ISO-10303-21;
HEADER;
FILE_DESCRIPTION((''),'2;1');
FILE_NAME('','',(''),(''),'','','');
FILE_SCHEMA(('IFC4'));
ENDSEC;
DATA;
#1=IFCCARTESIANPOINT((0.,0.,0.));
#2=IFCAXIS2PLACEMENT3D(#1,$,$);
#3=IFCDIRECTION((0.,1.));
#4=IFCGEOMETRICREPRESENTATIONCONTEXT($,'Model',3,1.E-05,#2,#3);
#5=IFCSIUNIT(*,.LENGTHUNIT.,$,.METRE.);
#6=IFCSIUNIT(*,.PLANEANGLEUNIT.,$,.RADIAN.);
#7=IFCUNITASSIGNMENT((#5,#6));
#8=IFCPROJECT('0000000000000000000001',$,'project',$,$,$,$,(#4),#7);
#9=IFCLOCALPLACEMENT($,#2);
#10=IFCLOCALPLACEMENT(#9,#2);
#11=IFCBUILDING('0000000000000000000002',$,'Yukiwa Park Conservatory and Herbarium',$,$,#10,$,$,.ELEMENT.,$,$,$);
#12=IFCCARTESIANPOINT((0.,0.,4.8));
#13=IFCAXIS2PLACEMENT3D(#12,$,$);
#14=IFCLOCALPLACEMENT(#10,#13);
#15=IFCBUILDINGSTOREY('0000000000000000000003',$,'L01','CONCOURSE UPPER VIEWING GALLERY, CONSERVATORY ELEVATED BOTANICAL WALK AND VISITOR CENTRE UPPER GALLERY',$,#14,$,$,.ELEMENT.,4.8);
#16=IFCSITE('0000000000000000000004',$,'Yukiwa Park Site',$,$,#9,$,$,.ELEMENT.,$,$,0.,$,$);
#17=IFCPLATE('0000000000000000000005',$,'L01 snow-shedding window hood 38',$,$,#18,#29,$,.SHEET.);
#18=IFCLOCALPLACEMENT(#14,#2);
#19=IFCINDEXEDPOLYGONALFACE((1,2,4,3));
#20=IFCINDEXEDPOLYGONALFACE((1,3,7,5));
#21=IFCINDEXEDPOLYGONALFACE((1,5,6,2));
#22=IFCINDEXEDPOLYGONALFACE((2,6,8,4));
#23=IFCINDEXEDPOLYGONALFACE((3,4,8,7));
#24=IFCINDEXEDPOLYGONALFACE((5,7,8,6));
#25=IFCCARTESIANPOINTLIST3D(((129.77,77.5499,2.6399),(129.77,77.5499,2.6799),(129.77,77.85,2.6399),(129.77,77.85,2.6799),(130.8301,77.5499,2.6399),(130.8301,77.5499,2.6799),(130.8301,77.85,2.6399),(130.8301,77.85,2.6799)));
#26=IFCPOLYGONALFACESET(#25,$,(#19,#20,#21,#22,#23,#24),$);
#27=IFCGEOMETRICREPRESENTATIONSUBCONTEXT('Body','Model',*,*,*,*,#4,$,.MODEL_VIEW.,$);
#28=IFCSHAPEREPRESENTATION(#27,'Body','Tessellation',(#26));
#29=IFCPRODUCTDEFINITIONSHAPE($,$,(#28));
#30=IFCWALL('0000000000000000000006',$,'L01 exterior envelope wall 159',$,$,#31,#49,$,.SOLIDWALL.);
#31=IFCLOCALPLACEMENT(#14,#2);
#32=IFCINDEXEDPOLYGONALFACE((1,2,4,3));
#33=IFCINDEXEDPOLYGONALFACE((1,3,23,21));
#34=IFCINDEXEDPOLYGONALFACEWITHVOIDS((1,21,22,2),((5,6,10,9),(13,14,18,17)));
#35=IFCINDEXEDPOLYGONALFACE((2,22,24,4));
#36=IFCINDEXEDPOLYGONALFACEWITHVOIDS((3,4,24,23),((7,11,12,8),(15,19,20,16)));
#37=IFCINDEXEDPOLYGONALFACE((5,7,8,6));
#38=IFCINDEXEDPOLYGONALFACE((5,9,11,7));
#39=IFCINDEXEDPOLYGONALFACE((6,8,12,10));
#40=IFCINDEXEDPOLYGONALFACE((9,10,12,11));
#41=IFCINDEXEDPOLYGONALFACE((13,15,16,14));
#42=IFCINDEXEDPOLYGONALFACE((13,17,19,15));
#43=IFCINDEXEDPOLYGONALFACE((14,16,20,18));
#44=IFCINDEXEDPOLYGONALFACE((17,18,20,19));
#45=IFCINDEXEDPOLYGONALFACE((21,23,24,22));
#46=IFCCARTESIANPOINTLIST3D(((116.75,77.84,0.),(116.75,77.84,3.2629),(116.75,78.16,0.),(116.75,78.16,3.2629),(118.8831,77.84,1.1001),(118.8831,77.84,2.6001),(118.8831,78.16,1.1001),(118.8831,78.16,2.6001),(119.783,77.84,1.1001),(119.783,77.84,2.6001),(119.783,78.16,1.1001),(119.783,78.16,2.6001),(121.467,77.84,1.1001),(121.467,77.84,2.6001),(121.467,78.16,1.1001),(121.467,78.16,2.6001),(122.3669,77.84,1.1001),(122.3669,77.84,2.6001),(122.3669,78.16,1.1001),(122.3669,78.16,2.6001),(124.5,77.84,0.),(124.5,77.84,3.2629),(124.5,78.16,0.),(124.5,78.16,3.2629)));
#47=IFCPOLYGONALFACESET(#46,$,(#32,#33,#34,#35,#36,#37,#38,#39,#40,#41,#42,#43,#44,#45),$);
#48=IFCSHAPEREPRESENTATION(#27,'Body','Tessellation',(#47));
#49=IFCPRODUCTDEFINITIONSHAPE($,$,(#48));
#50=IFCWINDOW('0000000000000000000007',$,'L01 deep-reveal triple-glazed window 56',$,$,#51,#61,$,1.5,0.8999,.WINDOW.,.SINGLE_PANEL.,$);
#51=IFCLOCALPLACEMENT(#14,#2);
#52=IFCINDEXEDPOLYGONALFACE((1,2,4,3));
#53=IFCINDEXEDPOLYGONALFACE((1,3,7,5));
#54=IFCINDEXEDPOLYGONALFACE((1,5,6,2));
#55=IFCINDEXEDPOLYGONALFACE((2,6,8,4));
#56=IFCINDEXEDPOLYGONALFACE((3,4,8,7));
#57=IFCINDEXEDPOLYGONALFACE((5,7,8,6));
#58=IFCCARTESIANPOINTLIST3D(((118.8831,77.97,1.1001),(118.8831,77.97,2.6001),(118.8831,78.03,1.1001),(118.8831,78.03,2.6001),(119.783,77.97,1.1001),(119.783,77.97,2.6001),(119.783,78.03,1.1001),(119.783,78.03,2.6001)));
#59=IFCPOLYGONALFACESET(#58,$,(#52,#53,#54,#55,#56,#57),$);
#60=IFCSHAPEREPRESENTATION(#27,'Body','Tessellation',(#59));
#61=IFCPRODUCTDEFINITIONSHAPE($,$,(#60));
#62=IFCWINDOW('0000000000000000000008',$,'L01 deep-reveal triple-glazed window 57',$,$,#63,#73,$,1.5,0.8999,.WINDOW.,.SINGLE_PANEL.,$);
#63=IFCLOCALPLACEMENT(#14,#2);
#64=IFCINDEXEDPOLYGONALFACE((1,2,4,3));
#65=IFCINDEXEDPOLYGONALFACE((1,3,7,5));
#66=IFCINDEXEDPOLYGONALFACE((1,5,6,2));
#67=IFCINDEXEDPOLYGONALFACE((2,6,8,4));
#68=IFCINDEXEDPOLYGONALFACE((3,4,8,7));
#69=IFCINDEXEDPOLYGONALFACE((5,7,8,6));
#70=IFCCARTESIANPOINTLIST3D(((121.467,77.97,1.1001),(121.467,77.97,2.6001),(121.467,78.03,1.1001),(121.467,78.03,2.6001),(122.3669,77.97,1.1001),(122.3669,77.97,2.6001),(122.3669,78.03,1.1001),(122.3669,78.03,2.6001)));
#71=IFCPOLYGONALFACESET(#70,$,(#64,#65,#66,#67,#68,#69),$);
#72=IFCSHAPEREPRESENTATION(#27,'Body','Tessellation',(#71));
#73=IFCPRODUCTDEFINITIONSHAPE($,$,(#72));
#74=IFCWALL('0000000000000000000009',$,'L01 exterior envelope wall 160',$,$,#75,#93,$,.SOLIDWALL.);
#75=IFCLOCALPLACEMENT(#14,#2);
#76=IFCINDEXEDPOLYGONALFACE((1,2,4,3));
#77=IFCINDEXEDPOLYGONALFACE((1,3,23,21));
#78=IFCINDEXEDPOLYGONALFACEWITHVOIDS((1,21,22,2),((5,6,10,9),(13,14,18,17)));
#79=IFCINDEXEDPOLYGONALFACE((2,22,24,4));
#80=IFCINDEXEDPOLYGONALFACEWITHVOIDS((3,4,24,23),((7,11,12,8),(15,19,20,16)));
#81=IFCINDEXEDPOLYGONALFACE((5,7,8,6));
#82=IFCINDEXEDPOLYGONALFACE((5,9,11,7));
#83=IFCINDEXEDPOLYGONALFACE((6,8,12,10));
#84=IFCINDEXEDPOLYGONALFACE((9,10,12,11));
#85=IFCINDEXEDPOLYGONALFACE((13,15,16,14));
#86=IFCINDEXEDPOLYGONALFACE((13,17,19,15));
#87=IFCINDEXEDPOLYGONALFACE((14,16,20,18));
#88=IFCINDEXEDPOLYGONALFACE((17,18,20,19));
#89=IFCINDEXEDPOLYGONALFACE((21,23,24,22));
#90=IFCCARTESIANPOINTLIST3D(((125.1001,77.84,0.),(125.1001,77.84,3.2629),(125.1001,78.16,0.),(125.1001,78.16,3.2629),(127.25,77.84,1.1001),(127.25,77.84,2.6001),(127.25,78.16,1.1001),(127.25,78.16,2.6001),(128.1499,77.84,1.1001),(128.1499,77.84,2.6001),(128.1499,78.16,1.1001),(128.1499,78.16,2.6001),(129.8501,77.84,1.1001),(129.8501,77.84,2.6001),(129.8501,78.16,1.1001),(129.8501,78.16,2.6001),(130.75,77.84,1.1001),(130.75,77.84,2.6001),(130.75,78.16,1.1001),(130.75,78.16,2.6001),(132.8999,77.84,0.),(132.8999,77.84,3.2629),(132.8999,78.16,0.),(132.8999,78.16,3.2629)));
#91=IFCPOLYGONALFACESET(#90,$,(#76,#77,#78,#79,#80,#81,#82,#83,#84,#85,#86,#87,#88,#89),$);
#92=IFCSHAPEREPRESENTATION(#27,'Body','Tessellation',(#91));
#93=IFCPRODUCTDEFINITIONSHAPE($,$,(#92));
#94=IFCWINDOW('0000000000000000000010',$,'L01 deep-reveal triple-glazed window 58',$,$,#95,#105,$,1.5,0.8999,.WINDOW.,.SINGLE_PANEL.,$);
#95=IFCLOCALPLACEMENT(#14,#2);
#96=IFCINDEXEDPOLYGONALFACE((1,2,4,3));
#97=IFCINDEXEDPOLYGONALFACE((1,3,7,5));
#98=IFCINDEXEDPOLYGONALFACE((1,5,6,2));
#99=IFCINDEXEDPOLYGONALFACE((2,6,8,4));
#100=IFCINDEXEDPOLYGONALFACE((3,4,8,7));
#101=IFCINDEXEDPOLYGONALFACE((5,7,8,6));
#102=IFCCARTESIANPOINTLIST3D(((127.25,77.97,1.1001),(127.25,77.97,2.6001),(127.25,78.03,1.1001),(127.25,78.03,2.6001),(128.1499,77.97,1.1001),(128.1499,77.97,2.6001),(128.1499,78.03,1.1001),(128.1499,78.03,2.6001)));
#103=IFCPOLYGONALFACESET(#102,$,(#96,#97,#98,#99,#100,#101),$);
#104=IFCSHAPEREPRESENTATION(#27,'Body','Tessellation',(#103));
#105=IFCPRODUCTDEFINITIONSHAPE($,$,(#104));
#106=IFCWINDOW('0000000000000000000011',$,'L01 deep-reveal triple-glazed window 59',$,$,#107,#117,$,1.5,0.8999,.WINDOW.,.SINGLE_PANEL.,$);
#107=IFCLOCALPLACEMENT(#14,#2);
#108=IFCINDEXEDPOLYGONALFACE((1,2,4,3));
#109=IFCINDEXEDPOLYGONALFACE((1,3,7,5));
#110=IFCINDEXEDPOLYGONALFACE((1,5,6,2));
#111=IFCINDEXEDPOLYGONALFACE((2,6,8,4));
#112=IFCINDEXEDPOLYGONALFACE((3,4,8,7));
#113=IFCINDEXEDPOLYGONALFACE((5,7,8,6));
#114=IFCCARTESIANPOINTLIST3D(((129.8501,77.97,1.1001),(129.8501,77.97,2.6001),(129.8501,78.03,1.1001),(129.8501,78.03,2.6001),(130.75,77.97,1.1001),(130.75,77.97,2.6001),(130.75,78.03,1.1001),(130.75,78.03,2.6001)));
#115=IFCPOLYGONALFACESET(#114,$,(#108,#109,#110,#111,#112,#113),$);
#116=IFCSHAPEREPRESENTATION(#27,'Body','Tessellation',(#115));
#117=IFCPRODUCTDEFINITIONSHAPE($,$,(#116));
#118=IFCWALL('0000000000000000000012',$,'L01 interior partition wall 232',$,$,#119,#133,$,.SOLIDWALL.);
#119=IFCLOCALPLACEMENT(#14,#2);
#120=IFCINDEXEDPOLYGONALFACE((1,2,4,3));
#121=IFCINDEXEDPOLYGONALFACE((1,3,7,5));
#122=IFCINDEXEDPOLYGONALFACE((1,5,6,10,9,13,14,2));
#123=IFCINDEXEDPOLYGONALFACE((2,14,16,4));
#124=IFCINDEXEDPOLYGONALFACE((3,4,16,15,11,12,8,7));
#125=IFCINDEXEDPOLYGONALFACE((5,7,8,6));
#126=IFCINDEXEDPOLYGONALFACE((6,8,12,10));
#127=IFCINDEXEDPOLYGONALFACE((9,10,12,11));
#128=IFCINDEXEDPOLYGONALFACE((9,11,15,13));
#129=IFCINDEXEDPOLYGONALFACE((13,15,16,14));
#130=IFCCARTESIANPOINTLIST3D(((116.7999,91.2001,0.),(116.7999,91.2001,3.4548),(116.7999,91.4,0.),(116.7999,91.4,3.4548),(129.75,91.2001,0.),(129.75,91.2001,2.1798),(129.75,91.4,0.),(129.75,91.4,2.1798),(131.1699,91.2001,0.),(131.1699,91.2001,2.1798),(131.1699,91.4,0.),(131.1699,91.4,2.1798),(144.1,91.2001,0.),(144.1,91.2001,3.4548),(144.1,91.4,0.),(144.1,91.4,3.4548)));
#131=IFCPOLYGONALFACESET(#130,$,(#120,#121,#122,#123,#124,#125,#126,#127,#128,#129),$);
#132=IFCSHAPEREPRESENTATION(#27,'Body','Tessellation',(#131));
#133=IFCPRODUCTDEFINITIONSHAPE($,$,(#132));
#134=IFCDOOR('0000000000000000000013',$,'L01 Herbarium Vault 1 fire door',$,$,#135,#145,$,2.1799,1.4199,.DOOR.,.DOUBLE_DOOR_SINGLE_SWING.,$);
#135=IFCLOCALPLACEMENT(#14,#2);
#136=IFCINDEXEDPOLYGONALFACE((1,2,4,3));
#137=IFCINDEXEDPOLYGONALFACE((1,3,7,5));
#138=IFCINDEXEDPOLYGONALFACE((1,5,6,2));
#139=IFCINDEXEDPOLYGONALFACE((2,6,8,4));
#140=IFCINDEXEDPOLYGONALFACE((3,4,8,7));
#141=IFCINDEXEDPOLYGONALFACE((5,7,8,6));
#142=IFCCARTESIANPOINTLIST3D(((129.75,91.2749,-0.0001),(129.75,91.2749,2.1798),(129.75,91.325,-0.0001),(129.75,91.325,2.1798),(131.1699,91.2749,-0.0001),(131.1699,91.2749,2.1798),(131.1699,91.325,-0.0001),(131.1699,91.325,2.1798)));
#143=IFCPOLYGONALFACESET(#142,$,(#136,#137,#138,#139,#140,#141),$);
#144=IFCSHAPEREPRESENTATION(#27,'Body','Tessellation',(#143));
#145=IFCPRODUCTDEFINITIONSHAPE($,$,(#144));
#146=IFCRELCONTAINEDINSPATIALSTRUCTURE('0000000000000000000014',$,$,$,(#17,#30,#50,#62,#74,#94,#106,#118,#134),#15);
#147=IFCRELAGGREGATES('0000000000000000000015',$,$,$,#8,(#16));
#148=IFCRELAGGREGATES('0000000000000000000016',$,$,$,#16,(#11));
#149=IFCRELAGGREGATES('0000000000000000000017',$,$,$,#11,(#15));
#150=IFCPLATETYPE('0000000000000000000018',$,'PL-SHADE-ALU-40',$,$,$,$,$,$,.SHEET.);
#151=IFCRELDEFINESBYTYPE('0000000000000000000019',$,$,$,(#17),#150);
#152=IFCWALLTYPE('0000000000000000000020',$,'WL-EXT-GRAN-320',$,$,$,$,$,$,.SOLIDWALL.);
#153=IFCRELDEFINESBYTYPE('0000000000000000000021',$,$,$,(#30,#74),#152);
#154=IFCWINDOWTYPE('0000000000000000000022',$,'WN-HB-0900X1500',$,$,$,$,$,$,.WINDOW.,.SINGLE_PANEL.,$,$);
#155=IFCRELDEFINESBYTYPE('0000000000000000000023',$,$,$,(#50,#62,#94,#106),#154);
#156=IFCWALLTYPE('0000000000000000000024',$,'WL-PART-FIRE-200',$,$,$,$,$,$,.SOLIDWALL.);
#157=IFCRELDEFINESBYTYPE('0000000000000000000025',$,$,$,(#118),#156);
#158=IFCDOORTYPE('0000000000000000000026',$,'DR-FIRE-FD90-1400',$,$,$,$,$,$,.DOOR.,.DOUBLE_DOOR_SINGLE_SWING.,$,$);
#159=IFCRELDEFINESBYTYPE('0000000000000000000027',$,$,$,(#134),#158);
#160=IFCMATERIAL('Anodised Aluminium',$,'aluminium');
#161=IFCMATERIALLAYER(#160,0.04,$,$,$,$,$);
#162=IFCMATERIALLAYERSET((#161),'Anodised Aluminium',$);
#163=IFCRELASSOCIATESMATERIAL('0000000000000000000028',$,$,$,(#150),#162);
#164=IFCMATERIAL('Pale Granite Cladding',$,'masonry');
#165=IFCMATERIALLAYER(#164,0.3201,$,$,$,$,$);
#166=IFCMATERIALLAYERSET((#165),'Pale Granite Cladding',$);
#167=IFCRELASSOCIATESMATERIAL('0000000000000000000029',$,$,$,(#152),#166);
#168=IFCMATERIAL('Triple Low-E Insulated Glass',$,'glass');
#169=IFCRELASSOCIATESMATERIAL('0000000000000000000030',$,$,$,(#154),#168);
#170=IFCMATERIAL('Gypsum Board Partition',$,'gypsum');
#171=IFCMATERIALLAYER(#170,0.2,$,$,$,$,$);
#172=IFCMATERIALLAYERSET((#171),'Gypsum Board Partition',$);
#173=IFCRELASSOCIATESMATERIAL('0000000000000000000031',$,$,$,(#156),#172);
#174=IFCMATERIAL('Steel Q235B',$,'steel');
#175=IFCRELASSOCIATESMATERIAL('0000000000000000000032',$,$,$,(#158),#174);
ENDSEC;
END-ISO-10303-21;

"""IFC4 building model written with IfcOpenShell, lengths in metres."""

from ifc_helpers import new_model, si_unit, direction, frame, frame_2d, origin, origin_2d, place, context, subcontext, project, spatial, rectangle, extrude, material, layer, layer_set, type_object, element, fill, save


model = new_model("IFC4")

# Units and contexts
model_context = context("Model", 3, precision=1e-05, world=origin(), true_north=direction((0.0, 1.0)))
body_context = subcontext(model_context, "Body", "Model", "MODEL_VIEW")
ifc_project = project(units=[si_unit("LENGTHUNIT", "METRE"), si_unit("PLANEANGLEUNIT", "RADIAN")], contexts=[model_context])

# Site, building, storey
site_placement = place(None, origin())
site = spatial("IfcSite", under=ifc_project, at=site_placement, Name="Yukiwa Park Site", CompositionType="ELEMENT", RefElevation=0.0)
building_placement = place(site_placement, origin())
building = spatial("IfcBuilding", under=site, at=building_placement, Name="Yukiwa Park Conservatory and Herbarium", CompositionType="ELEMENT")
storey_placement = place(building_placement, frame((0.0, 0.0, 4.8)))
storey = spatial("IfcBuildingStorey", under=building, at=storey_placement, Name="L01", Description="CONCOURSE UPPER VIEWING GALLERY, CONSERVATORY ELEVATED BOTANICAL WALK AND VISITOR CENTRE UPPER GALLERY", CompositionType="ELEMENT", Elevation=4.8)

# Plate
ifc_material_1 = material(Name="Anodised Aluminium", Category="aluminium")
ifc_layer_1 = layer(ifc_material_1, 0.04)
ifc_layer_set_1 = layer_set([ifc_layer_1], Name="Anodised Aluminium")
plate_type = type_object("IfcPlateType", Name="PL-SHADE-ALU-40", PredefinedType="SHEET", material=ifc_layer_set_1)
for number, where, z_axis, x_axis, name in (
    (1, (130.3, 77.7, 2.6399), (0.0, 0.0, 1.0), (1.0, 0.0, 0.0), "L01 snow-shedding window hood 38"),
):
    element("IfcPlate", number, at=place(storey_placement, frame(where, z_axis=z_axis, x_axis=x_axis)), inside=storey, type_object=plate_type, Name=name, PredefinedType="SHEET", context=body_context, shape_type="SweptSolid", body=[
        extrude(rectangle(XDim=1.0601, YDim=0.3, at=origin_2d()), origin(), (0.0, 0.0, 1.0), 0.04),
    ])

# Walls, openings, windows
ifc_material_2 = material(Name="Pale Granite Cladding", Category="masonry")
ifc_layer_2 = layer(ifc_material_2, 0.3201)
ifc_layer_set_2 = layer_set([ifc_layer_2], Name="Pale Granite Cladding")
wall_type_1 = type_object("IfcWallType", Name="WL-EXT-GRAN-320", PredefinedType="SOLIDWALL", material=ifc_layer_set_2)
wall_1_placement = place(storey_placement, frame((116.75, 78.0, 0.0), z_axis=(0.0, 0.0, 1.0), x_axis=(1.0, 0.0, 0.0)))
wall_1 = element("IfcWall", 2, at=wall_1_placement, inside=storey, type_object=wall_type_1, Name="L01 exterior envelope wall 159", PredefinedType="SOLIDWALL", context=body_context, shape_type="SweptSolid", body=[
    extrude(rectangle(XDim=7.75, YDim=0.3201, at=frame_2d((3.875, 0.0))), origin(), (0.0, 0.0, 1.0), 3.2629),
])
opening_1_placement = place(wall_1_placement, frame((2.1331, 0.0, 1.1001)))
opening_1 = element("IfcOpeningElement", 3, at=opening_1_placement, cuts=wall_1, PredefinedType="OPENING", context=body_context, shape_type="SweptSolid", body=[
    extrude(rectangle(XDim=0.8999, YDim=1.5, at=frame_2d((0.45, 0.75))), frame((0.0, 0.1699, 0.0), z_axis=(0.0, -1.0, 0.0), x_axis=(1.0, 0.0, 0.0)), (0.0, 0.0, 1.0), 0.3401),
])
opening_2_placement = place(wall_1_placement, frame((4.717, 0.0, 1.1001)))
opening_2 = element("IfcOpeningElement", 4, at=opening_2_placement, cuts=wall_1, PredefinedType="OPENING", context=body_context, shape_type="SweptSolid", body=[
    extrude(rectangle(XDim=0.8999, YDim=1.5, at=frame_2d((0.45, 0.75))), frame((0.0, 0.1699, 0.0), z_axis=(0.0, -1.0, 0.0), x_axis=(1.0, 0.0, 0.0)), (0.0, 0.0, 1.0), 0.3401),
])
ifc_material_3 = material(Name="Triple Low-E Insulated Glass", Category="glass")
window_type = type_object("IfcWindowType", Name="WN-HB-0900X1500", PartitioningType="SINGLE_PANEL", PredefinedType="WINDOW", material=ifc_material_3)
window_1_placement = place(opening_1_placement, origin())
window_1 = element("IfcWindow", 5, at=window_1_placement, inside=storey, type_object=window_type, Name="L01 deep-reveal triple-glazed window 56", OverallHeight=1.5, OverallWidth=0.8999, PartitioningType="SINGLE_PANEL", PredefinedType="WINDOW", context=body_context, shape_type="SweptSolid", body=[
    extrude(rectangle(XDim=0.8999, YDim=1.5, at=frame_2d((0.45, 0.75))), frame((0.0, 0.03, 0.0), z_axis=(0.0, -1.0, 0.0), x_axis=(1.0, 0.0, 0.0)), (0.0, 0.0, 1.0), 0.0601),
])
fill(opening_1, window_1)
window_2_placement = place(opening_2_placement, origin())
window_2 = element("IfcWindow", 6, at=window_2_placement, inside=storey, type_object=window_type, Name="L01 deep-reveal triple-glazed window 57", OverallHeight=1.5, OverallWidth=0.8999, PartitioningType="SINGLE_PANEL", PredefinedType="WINDOW", context=body_context, shape_type="SweptSolid", body=[
    extrude(rectangle(XDim=0.8999, YDim=1.5, at=frame_2d((0.45, 0.75))), frame((0.0, 0.03, 0.0), z_axis=(0.0, -1.0, 0.0), x_axis=(1.0, 0.0, 0.0)), (0.0, 0.0, 1.0), 0.0601),
])
fill(opening_2, window_2)
wall_2_placement = place(storey_placement, frame((125.1001, 78.0, 0.0), z_axis=(0.0, 0.0, 1.0), x_axis=(1.0, 0.0, 0.0)))
wall_2 = element("IfcWall", 7, at=wall_2_placement, inside=storey, type_object=wall_type_1, Name="L01 exterior envelope wall 160", PredefinedType="SOLIDWALL", context=body_context, shape_type="SweptSolid", body=[
    extrude(rectangle(XDim=7.7998, YDim=0.3201, at=frame_2d((3.8999, 0.0))), origin(), (0.0, 0.0, 1.0), 3.2629),
])
opening_3_placement = place(wall_2_placement, frame((2.1499, 0.0, 1.1001)))
opening_3 = element("IfcOpeningElement", 8, at=opening_3_placement, cuts=wall_2, PredefinedType="OPENING", context=body_context, shape_type="SweptSolid", body=[
    extrude(rectangle(XDim=0.8999, YDim=1.5, at=frame_2d((0.45, 0.75))), frame((0.0, 0.1699, 0.0), z_axis=(0.0, -1.0, 0.0), x_axis=(1.0, 0.0, 0.0)), (0.0, 0.0, 1.0), 0.3401),
])
opening_4_placement = place(wall_2_placement, frame((4.75, 0.0, 1.1001)))
opening_4 = element("IfcOpeningElement", 9, at=opening_4_placement, cuts=wall_2, PredefinedType="OPENING", context=body_context, shape_type="SweptSolid", body=[
    extrude(rectangle(XDim=0.8999, YDim=1.5, at=frame_2d((0.45, 0.75))), frame((0.0, 0.1699, 0.0), z_axis=(0.0, -1.0, 0.0), x_axis=(1.0, 0.0, 0.0)), (0.0, 0.0, 1.0), 0.3401),
])
window_3_placement = place(opening_3_placement, origin())
window_3 = element("IfcWindow", 10, at=window_3_placement, inside=storey, type_object=window_type, Name="L01 deep-reveal triple-glazed window 58", OverallHeight=1.5, OverallWidth=0.8999, PartitioningType="SINGLE_PANEL", PredefinedType="WINDOW", context=body_context, shape_type="SweptSolid", body=[
    extrude(rectangle(XDim=0.8999, YDim=1.5, at=frame_2d((0.45, 0.75))), frame((0.0, 0.03, 0.0), z_axis=(0.0, -1.0, 0.0), x_axis=(1.0, 0.0, 0.0)), (0.0, 0.0, 1.0), 0.0601),
])
fill(opening_3, window_3)
window_4_placement = place(opening_4_placement, origin())
window_4 = element("IfcWindow", 11, at=window_4_placement, inside=storey, type_object=window_type, Name="L01 deep-reveal triple-glazed window 59", OverallHeight=1.5, OverallWidth=0.8999, PartitioningType="SINGLE_PANEL", PredefinedType="WINDOW", context=body_context, shape_type="SweptSolid", body=[
    extrude(rectangle(XDim=0.8999, YDim=1.5, at=frame_2d((0.45, 0.75))), frame((0.0, 0.03, 0.0), z_axis=(0.0, -1.0, 0.0), x_axis=(1.0, 0.0, 0.0)), (0.0, 0.0, 1.0), 0.0601),
])
fill(opening_4, window_4)

# Wall, opening, door
ifc_material_4 = material(Name="Gypsum Board Partition", Category="gypsum")
ifc_layer_3 = layer(ifc_material_4, 0.2)
ifc_layer_set_3 = layer_set([ifc_layer_3], Name="Gypsum Board Partition")
wall_type_2 = type_object("IfcWallType", Name="WL-PART-FIRE-200", PredefinedType="SOLIDWALL", material=ifc_layer_set_3)
wall_3_placement = place(storey_placement, frame((116.8, 91.3, 0.0), z_axis=(0.0, 0.0, 1.0), x_axis=(1.0, 0.0, 0.0)))
wall_3 = element("IfcWall", 12, at=wall_3_placement, inside=storey, type_object=wall_type_2, Name="L01 interior partition wall 232", PredefinedType="SOLIDWALL", context=body_context, shape_type="SweptSolid", body=[
    extrude(rectangle(XDim=27.3, YDim=0.2, at=frame_2d((13.6499, 0.0))), origin(), (0.0, 0.0, 1.0), 3.4548),
])
opening_5_placement = place(wall_3_placement, frame((12.95, 0.0, 0.0)))
opening_5 = element("IfcOpeningElement", 13, at=opening_5_placement, cuts=wall_3, PredefinedType="OPENING", context=body_context, shape_type="SweptSolid", body=[
    extrude(rectangle(XDim=1.4199, YDim=2.1799, at=frame_2d((0.71, 1.0898))), frame((0.0, 0.1099, 0.0), z_axis=(0.0, -1.0, 0.0), x_axis=(1.0, 0.0, 0.0)), (0.0, 0.0, 1.0), 0.22),
])
ifc_material_5 = material(Name="Steel Q235B", Category="steel")
door_type = type_object("IfcDoorType", Name="DR-FIRE-FD90-1400", OperationType="DOUBLE_DOOR_SINGLE_SWING", PredefinedType="DOOR", material=ifc_material_5)
door_placement = place(opening_5_placement, origin())
door = element("IfcDoor", 14, at=door_placement, inside=storey, type_object=door_type, Name="L01 Herbarium Vault 1 fire door", OperationType="DOUBLE_DOOR_SINGLE_SWING", OverallHeight=2.1799, OverallWidth=1.4199, PredefinedType="DOOR", context=body_context, shape_type="SweptSolid", body=[
    extrude(rectangle(XDim=1.4199, YDim=2.1799, at=frame_2d((0.71, 1.0898))), frame((0.0, 0.0249, 0.0), z_axis=(0.0, -1.0, 0.0), x_axis=(1.0, 0.0, 0.0)), (0.0, 0.0, 1.0), 0.05),
])
fill(opening_5, door)

save(model, "model.ifc")
